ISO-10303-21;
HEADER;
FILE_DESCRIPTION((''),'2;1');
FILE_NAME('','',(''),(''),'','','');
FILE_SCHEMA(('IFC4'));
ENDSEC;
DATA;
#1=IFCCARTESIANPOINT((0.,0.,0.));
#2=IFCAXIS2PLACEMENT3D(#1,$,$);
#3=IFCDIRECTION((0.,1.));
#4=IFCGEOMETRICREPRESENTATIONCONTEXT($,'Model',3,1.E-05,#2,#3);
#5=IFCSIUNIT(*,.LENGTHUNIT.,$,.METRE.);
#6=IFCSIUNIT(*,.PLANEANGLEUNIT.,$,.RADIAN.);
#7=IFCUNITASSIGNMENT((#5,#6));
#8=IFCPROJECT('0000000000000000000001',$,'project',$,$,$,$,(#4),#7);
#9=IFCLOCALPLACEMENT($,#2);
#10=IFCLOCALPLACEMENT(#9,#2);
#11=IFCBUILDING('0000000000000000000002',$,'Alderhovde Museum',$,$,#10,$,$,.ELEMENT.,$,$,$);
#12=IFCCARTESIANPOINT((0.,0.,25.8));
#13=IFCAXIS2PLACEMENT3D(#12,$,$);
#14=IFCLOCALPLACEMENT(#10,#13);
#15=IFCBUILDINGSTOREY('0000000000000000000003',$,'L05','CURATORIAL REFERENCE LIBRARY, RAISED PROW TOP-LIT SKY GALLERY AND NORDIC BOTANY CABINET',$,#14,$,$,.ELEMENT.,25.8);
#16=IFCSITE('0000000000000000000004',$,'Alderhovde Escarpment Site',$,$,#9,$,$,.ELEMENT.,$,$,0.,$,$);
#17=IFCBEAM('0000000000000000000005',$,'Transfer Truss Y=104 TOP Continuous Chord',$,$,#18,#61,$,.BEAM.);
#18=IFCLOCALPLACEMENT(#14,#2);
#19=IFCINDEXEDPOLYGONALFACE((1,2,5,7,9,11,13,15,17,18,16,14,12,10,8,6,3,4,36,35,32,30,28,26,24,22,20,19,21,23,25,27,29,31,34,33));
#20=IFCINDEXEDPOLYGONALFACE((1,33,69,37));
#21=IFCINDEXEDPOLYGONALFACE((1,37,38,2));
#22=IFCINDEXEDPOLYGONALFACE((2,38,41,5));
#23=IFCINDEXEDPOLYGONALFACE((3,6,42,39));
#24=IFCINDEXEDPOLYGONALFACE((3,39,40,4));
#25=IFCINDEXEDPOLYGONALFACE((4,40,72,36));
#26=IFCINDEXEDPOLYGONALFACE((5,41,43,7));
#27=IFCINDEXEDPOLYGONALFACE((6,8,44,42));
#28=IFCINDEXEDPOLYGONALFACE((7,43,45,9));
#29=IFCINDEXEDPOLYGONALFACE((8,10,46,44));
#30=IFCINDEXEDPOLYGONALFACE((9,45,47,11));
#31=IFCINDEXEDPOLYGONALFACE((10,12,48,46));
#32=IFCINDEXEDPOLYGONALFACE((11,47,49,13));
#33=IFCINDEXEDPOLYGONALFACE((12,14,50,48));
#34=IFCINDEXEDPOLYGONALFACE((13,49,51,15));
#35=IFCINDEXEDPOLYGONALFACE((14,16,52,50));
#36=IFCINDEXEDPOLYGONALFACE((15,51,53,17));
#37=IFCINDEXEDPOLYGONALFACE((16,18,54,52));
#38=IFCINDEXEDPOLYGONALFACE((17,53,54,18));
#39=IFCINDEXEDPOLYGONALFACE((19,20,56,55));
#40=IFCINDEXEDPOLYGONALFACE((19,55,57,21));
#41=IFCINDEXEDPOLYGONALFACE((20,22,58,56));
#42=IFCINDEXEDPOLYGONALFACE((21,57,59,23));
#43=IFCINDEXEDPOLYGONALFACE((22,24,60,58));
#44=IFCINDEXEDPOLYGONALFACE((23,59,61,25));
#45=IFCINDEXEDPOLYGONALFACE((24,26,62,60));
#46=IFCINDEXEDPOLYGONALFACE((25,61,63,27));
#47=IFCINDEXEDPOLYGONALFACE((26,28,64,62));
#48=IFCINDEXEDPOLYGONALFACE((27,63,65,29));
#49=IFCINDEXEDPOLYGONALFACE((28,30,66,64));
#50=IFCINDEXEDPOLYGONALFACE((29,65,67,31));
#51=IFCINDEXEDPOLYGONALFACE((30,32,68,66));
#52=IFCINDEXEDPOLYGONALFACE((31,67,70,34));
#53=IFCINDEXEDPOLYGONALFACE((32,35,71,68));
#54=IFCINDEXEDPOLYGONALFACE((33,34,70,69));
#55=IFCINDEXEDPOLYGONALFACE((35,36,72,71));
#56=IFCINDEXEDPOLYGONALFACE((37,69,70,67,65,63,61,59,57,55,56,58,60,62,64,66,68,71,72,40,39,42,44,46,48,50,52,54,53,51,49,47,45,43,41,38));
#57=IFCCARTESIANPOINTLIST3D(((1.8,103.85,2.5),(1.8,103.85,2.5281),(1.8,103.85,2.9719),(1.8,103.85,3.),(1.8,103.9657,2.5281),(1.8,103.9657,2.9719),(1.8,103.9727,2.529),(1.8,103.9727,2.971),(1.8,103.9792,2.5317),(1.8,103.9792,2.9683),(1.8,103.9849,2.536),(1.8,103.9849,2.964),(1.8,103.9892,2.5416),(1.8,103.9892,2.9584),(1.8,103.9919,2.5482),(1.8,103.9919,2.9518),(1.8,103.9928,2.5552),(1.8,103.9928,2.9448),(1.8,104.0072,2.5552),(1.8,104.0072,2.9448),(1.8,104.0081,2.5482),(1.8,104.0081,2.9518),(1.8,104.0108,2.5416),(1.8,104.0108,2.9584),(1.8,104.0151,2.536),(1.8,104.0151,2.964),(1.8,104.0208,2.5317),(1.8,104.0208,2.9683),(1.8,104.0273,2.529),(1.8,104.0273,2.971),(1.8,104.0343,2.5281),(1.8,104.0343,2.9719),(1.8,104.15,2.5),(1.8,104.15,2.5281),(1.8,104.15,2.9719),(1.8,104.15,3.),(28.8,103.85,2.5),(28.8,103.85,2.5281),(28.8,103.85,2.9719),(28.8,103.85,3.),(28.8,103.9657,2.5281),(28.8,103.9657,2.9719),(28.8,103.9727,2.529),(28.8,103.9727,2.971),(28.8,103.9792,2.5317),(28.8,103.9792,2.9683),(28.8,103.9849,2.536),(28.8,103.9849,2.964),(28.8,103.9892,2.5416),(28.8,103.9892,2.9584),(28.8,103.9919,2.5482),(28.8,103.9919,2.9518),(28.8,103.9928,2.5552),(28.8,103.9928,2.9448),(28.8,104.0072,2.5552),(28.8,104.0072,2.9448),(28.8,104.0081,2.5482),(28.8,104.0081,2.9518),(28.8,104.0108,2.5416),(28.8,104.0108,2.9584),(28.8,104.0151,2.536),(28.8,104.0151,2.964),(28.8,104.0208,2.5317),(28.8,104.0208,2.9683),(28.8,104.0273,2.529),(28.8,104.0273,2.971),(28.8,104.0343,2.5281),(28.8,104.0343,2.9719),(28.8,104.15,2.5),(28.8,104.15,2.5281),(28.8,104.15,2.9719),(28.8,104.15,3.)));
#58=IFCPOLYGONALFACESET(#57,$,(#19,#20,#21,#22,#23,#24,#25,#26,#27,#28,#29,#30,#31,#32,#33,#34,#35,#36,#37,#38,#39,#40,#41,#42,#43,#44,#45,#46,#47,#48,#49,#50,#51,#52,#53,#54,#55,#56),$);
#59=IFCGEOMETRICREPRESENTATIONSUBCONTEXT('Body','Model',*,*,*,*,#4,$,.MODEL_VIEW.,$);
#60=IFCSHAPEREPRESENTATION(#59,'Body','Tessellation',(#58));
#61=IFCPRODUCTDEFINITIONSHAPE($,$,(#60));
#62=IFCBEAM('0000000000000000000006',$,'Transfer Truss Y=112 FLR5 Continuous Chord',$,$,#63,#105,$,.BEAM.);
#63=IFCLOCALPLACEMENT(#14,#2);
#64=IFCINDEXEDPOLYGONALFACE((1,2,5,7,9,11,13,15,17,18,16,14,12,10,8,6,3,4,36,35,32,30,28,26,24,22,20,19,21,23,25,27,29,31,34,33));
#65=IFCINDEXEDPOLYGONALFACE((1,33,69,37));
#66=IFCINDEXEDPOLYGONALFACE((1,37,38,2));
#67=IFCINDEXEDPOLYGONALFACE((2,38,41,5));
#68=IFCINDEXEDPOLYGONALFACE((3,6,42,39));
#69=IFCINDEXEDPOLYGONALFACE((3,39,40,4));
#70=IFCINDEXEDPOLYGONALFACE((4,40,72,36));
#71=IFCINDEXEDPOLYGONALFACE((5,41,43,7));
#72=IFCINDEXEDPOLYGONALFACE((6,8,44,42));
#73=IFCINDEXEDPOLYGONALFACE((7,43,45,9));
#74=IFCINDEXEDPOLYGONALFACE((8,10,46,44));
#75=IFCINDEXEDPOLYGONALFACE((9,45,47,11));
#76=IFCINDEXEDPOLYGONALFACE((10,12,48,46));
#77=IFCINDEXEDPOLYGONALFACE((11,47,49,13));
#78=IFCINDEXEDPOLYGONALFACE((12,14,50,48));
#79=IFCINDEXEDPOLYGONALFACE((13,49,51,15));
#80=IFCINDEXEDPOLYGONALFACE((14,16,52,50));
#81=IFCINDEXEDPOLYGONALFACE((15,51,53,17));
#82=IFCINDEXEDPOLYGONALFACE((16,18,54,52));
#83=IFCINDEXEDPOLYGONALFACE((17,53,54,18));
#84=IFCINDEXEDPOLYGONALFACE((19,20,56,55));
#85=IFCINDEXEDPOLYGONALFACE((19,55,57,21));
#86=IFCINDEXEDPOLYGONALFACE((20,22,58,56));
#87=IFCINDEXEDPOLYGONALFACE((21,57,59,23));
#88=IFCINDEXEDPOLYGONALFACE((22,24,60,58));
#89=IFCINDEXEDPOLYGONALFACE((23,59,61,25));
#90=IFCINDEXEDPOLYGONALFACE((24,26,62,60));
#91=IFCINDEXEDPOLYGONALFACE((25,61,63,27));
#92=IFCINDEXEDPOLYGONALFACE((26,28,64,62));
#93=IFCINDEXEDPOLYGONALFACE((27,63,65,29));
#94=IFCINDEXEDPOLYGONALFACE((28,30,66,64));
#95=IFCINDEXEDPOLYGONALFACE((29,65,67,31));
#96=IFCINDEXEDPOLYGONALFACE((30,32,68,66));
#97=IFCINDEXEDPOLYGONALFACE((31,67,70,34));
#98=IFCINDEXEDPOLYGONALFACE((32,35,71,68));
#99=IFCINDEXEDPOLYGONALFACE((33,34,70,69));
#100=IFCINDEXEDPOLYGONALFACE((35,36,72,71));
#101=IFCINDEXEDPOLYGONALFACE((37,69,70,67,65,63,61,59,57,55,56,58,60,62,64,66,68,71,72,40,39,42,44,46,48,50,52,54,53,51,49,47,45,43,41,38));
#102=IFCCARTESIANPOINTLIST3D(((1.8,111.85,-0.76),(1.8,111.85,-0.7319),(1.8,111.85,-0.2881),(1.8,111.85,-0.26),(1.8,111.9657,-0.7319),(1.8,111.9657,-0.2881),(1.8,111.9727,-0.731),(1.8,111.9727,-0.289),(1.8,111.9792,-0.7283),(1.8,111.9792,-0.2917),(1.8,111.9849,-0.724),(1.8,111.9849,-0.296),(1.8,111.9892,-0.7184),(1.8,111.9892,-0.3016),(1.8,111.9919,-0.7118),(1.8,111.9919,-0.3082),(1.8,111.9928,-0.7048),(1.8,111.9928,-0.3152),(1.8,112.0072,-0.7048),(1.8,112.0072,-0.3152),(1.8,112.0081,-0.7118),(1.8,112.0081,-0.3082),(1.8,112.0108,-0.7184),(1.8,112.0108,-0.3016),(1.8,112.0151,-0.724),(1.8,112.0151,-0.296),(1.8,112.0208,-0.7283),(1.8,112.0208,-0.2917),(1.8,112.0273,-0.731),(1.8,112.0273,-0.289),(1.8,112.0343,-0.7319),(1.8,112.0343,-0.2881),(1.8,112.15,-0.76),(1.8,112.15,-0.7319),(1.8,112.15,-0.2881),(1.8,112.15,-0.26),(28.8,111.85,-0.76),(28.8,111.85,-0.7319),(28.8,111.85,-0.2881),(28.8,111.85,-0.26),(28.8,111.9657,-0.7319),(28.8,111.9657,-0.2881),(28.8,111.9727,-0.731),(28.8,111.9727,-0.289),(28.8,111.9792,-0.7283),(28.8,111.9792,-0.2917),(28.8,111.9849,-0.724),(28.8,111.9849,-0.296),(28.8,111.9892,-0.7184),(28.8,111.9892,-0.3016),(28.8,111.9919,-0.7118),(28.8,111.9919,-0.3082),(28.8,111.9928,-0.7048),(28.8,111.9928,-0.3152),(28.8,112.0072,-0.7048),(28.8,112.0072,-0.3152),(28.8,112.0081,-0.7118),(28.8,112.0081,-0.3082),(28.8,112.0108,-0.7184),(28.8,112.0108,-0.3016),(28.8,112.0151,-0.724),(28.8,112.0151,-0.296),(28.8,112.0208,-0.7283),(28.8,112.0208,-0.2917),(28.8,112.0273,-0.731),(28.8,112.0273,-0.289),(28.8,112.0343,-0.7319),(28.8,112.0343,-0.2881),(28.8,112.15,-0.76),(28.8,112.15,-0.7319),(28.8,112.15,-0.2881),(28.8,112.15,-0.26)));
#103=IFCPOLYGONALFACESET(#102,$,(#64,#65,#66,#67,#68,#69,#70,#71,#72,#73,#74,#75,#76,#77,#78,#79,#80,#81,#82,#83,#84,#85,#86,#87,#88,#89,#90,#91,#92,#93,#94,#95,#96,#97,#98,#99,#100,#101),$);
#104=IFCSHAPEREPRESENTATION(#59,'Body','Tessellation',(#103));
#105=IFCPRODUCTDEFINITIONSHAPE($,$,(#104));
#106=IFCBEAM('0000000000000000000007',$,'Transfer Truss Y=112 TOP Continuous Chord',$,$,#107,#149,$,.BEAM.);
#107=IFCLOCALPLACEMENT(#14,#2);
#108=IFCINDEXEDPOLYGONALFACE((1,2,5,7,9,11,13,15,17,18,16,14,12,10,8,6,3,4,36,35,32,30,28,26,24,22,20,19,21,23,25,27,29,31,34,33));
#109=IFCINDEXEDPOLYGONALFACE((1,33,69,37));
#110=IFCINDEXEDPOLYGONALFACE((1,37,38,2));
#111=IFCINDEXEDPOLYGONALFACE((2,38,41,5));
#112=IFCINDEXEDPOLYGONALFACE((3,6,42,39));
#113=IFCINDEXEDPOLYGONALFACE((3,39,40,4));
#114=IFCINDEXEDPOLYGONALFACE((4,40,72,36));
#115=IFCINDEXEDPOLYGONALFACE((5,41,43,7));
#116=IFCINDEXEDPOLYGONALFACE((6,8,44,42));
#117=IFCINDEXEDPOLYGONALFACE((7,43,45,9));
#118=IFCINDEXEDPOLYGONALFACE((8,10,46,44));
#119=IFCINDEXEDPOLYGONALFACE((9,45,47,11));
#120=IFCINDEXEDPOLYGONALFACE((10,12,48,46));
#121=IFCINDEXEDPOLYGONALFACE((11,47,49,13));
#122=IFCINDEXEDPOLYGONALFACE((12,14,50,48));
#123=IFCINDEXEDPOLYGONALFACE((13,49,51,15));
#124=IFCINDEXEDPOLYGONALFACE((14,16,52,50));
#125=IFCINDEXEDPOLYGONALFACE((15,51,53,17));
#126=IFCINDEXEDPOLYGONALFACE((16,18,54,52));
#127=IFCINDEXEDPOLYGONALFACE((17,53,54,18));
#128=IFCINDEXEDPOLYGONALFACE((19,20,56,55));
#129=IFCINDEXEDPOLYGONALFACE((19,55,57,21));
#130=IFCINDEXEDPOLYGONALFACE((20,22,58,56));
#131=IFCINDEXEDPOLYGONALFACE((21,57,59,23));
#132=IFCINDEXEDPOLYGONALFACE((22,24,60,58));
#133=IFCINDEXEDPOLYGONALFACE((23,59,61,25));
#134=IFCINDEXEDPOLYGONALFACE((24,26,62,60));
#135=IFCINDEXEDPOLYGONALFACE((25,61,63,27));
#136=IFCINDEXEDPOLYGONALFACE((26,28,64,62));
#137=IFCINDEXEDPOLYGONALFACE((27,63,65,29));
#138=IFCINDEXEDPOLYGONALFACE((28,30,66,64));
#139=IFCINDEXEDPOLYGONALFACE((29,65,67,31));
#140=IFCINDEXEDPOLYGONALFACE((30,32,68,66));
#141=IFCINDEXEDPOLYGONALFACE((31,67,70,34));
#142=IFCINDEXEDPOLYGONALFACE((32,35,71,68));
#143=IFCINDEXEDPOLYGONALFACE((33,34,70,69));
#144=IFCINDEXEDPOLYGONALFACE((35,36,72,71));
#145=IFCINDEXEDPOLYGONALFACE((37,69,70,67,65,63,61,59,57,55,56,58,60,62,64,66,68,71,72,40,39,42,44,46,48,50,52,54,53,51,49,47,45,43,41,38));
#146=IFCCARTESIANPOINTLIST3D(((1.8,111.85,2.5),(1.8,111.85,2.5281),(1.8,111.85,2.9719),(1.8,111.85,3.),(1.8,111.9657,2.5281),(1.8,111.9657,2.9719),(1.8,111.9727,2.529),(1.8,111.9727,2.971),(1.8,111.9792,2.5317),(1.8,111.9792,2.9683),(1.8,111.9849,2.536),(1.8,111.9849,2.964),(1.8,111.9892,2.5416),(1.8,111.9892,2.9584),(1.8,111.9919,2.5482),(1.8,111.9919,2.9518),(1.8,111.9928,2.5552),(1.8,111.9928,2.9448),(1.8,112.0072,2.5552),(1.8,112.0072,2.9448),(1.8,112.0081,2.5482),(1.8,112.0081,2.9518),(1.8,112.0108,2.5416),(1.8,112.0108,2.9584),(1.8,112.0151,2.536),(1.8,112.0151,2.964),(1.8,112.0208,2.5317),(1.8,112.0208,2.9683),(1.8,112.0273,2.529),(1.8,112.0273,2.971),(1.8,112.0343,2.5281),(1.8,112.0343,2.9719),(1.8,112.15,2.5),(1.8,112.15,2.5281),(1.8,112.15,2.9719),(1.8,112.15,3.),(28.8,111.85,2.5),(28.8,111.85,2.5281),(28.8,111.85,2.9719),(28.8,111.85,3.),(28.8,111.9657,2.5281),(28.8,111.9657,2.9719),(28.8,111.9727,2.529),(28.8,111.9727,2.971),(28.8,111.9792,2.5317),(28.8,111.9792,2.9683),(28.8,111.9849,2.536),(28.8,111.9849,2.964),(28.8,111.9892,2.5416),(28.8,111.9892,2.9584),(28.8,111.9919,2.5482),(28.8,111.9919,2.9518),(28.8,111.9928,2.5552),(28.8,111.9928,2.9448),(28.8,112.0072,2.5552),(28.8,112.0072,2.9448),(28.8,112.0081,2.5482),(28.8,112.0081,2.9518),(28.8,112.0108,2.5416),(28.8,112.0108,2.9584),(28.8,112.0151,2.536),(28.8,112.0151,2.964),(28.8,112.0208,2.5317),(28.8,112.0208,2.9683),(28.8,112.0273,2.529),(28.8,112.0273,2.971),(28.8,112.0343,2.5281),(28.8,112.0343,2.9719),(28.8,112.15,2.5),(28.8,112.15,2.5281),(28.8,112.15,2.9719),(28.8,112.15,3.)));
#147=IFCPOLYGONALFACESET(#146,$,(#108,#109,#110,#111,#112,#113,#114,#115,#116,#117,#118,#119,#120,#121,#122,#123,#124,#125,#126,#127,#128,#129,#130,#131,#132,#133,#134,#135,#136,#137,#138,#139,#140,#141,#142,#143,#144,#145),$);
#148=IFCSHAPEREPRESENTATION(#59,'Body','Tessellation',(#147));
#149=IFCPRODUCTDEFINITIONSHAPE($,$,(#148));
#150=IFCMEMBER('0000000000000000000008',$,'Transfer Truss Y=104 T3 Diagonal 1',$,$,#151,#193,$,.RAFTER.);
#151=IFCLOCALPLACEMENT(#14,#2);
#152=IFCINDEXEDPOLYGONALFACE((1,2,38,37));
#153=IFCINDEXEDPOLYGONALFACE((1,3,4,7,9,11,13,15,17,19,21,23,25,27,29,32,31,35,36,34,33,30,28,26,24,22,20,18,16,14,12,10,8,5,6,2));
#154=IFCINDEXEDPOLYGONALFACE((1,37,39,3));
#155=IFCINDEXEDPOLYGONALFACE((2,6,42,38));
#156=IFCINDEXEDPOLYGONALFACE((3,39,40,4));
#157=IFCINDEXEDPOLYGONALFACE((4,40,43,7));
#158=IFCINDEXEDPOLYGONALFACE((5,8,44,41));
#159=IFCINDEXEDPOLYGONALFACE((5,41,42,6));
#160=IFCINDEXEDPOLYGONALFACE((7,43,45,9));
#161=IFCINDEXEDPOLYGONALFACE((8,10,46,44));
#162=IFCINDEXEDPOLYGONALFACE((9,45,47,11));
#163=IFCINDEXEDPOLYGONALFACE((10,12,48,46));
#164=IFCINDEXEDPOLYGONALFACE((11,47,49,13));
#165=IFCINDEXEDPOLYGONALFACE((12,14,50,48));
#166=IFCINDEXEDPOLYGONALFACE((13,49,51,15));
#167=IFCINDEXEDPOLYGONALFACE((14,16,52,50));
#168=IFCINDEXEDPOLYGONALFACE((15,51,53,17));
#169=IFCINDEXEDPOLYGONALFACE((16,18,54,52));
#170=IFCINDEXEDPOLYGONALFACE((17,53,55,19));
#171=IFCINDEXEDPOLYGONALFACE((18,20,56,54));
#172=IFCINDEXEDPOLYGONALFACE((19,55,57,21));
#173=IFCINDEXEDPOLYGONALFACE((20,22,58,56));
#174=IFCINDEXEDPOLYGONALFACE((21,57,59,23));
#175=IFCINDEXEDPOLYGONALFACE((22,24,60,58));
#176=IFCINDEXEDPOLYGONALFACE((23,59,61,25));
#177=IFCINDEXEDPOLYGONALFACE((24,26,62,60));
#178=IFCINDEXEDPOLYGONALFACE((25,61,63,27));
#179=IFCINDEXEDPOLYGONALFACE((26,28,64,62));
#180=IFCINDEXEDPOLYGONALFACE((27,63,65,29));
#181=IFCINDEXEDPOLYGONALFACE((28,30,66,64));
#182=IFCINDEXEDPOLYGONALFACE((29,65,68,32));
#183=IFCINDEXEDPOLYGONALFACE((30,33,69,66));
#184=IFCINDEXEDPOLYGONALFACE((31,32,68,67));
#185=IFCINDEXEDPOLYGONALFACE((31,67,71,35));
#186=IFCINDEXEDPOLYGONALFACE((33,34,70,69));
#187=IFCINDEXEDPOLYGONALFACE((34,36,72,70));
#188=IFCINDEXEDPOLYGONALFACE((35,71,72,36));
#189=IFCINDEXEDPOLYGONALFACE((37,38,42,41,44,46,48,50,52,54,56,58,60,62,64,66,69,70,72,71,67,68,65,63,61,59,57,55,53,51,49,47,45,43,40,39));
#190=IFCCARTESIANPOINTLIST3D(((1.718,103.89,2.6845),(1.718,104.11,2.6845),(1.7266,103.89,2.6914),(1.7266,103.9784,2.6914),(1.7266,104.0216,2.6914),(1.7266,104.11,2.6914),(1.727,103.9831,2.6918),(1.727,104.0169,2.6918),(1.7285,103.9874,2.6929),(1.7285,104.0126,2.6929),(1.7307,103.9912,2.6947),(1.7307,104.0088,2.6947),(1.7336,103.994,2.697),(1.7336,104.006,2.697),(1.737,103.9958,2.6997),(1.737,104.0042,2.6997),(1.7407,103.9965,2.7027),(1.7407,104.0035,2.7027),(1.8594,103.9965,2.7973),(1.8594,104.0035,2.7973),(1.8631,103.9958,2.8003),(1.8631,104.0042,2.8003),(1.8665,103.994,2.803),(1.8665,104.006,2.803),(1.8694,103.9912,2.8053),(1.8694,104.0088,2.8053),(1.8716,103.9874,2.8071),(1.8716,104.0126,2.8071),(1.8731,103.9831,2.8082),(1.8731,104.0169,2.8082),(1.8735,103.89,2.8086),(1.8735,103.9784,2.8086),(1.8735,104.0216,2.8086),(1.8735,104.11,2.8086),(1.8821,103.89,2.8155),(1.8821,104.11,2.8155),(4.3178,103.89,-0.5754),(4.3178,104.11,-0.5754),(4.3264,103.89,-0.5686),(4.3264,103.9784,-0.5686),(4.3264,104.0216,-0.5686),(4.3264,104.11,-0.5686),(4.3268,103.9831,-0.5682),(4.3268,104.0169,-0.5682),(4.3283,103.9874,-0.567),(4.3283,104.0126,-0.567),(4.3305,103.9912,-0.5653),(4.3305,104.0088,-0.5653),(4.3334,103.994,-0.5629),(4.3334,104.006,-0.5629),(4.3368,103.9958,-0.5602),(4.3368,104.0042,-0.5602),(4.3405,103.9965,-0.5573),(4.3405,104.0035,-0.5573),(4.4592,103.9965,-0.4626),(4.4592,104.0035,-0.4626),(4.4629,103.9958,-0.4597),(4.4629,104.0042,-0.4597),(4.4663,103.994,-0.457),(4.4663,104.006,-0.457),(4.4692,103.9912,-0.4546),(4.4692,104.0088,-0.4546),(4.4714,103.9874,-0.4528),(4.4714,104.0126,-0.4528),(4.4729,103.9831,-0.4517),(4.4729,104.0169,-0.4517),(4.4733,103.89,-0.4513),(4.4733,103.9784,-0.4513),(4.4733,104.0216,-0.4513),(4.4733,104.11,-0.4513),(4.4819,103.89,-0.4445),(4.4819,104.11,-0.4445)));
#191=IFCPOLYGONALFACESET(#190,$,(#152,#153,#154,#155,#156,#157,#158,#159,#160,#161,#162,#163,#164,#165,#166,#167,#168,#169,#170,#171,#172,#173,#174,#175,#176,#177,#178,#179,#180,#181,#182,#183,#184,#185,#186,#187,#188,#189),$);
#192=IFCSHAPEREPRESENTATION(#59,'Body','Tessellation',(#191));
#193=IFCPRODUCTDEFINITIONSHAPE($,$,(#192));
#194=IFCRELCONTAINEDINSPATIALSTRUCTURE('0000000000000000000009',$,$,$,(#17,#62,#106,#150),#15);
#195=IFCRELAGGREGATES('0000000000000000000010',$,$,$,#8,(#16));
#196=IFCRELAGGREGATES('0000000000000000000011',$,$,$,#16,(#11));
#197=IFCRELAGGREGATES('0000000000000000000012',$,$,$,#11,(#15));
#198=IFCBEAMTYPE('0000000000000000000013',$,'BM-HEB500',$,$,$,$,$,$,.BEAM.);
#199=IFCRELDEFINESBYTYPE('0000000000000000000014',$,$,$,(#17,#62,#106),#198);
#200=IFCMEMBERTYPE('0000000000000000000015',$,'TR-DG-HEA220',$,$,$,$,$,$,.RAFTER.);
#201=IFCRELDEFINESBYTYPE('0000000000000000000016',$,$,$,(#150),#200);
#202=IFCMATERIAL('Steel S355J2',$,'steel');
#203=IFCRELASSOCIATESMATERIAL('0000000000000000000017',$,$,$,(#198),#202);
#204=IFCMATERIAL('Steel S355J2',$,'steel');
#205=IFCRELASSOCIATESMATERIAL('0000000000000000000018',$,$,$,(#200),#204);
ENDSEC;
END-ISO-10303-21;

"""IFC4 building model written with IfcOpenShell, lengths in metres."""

from ifc_helpers import new_model, si_unit, direction, frame, origin, origin_2d, place, context, subcontext, project, spatial, i_section, extrude, material, material_profile, profile_set, type_object, element, save


model = new_model("IFC4")

# Units and contexts
model_context = context("Model", 3, precision=1e-05, world=origin(), true_north=direction((0.0, 1.0)))
body_context = subcontext(model_context, "Body", "Model", "MODEL_VIEW")
ifc_project = project(units=[si_unit("LENGTHUNIT", "METRE"), si_unit("PLANEANGLEUNIT", "RADIAN")], contexts=[model_context])

# Site, building, storey
site_placement = place(None, origin())
site = spatial("IfcSite", under=ifc_project, at=site_placement, Name="Alderhovde Escarpment Site", CompositionType="ELEMENT", RefElevation=0.0)
building_placement = place(site_placement, origin())
building = spatial("IfcBuilding", under=site, at=building_placement, Name="Alderhovde Museum", CompositionType="ELEMENT")
storey_placement = place(building_placement, frame((0.0, 0.0, 25.8)))
storey = spatial("IfcBuildingStorey", under=building, at=storey_placement, Name="L05", Description="CURATORIAL REFERENCE LIBRARY, RAISED PROW TOP-LIT SKY GALLERY AND NORDIC BOTANY CABINET", CompositionType="ELEMENT", Elevation=25.8)

# Beams
ifc_material_1 = material(Name="Steel S355J2", Category="steel")
ifc_material_profile_1 = material_profile(ifc_material_1, i_section(OverallWidth=0.3, OverallDepth=0.5, WebThickness=0.0144, FlangeThickness=0.0281, FilletRadius=0.0271, at=origin_2d()), Name="HEB 500")
ifc_profile_set_1 = profile_set([ifc_material_profile_1], Name="Steel S355J2")
beam_type_1 = type_object("IfcBeamType", Name="BM-HEB500", PredefinedType="BEAM", material=ifc_profile_set_1)
for number, where, z_axis, x_axis, name in (
    (1, (1.8, 104.0, 2.75), (1.0, 0.0, 0.0), (0.0, 1.0, 0.0), "Transfer Truss Y=104 TOP Continuous Chord"),
    (2, (1.8, 112.0, -0.51), (1.0, 0.0, 0.0), (0.0, 1.0, 0.0), "Transfer Truss Y=112 FLR5 Continuous Chord"),
    (3, (1.8, 112.0, 2.75), (1.0, 0.0, 0.0), (0.0, 1.0, 0.0), "Transfer Truss Y=112 TOP Continuous Chord"),
):
    element("IfcBeam", number, at=place(storey_placement, frame(where, z_axis=z_axis, x_axis=x_axis)), inside=storey, type_object=beam_type_1, Name=name, PredefinedType="BEAM", context=body_context, shape_type="SweptSolid", body=[
        extrude(i_section(OverallWidth=0.3, OverallDepth=0.5, WebThickness=0.0144, FlangeThickness=0.0281, FilletRadius=0.0271, at=origin_2d()), origin(), (0.0, 0.0, 1.0), 27.0),
    ])

# Member
ifc_material_2 = material(Name="Steel S355J2", Category="steel")
ifc_material_profile_2 = material_profile(ifc_material_2, i_section(OverallWidth=0.22, OverallDepth=0.21, WebThickness=0.0071, FlangeThickness=0.011, FilletRadius=0.0181, at=origin_2d()), Name="HEA 220")
ifc_profile_set_2 = profile_set([ifc_material_profile_2], Name="Steel S355J2")
member_type_1 = type_object("IfcMemberType", Name="TR-DG-HEA220", PredefinedType="RAFTER", material=ifc_profile_set_2)
member_1_placement = place(storey_placement, frame((1.8, 104.0, 2.75), z_axis=(0.623502, 0.0, -0.781822), x_axis=(0.0, 1.0, 0.0)))
element("IfcMember", 4, at=member_1_placement, inside=storey, type_object=member_type_1, Name="Transfer Truss Y=104 T3 Diagonal 1", PredefinedType="RAFTER", context=body_context, shape_type="SweptSolid", body=[
    extrude(i_section(OverallWidth=0.22, OverallDepth=0.21, WebThickness=0.0071, FlangeThickness=0.011, FilletRadius=0.0181, at=origin_2d()), origin(), (0.0, 0.0, 1.0), 4.1697),
])

save(model, "model.ifc")
